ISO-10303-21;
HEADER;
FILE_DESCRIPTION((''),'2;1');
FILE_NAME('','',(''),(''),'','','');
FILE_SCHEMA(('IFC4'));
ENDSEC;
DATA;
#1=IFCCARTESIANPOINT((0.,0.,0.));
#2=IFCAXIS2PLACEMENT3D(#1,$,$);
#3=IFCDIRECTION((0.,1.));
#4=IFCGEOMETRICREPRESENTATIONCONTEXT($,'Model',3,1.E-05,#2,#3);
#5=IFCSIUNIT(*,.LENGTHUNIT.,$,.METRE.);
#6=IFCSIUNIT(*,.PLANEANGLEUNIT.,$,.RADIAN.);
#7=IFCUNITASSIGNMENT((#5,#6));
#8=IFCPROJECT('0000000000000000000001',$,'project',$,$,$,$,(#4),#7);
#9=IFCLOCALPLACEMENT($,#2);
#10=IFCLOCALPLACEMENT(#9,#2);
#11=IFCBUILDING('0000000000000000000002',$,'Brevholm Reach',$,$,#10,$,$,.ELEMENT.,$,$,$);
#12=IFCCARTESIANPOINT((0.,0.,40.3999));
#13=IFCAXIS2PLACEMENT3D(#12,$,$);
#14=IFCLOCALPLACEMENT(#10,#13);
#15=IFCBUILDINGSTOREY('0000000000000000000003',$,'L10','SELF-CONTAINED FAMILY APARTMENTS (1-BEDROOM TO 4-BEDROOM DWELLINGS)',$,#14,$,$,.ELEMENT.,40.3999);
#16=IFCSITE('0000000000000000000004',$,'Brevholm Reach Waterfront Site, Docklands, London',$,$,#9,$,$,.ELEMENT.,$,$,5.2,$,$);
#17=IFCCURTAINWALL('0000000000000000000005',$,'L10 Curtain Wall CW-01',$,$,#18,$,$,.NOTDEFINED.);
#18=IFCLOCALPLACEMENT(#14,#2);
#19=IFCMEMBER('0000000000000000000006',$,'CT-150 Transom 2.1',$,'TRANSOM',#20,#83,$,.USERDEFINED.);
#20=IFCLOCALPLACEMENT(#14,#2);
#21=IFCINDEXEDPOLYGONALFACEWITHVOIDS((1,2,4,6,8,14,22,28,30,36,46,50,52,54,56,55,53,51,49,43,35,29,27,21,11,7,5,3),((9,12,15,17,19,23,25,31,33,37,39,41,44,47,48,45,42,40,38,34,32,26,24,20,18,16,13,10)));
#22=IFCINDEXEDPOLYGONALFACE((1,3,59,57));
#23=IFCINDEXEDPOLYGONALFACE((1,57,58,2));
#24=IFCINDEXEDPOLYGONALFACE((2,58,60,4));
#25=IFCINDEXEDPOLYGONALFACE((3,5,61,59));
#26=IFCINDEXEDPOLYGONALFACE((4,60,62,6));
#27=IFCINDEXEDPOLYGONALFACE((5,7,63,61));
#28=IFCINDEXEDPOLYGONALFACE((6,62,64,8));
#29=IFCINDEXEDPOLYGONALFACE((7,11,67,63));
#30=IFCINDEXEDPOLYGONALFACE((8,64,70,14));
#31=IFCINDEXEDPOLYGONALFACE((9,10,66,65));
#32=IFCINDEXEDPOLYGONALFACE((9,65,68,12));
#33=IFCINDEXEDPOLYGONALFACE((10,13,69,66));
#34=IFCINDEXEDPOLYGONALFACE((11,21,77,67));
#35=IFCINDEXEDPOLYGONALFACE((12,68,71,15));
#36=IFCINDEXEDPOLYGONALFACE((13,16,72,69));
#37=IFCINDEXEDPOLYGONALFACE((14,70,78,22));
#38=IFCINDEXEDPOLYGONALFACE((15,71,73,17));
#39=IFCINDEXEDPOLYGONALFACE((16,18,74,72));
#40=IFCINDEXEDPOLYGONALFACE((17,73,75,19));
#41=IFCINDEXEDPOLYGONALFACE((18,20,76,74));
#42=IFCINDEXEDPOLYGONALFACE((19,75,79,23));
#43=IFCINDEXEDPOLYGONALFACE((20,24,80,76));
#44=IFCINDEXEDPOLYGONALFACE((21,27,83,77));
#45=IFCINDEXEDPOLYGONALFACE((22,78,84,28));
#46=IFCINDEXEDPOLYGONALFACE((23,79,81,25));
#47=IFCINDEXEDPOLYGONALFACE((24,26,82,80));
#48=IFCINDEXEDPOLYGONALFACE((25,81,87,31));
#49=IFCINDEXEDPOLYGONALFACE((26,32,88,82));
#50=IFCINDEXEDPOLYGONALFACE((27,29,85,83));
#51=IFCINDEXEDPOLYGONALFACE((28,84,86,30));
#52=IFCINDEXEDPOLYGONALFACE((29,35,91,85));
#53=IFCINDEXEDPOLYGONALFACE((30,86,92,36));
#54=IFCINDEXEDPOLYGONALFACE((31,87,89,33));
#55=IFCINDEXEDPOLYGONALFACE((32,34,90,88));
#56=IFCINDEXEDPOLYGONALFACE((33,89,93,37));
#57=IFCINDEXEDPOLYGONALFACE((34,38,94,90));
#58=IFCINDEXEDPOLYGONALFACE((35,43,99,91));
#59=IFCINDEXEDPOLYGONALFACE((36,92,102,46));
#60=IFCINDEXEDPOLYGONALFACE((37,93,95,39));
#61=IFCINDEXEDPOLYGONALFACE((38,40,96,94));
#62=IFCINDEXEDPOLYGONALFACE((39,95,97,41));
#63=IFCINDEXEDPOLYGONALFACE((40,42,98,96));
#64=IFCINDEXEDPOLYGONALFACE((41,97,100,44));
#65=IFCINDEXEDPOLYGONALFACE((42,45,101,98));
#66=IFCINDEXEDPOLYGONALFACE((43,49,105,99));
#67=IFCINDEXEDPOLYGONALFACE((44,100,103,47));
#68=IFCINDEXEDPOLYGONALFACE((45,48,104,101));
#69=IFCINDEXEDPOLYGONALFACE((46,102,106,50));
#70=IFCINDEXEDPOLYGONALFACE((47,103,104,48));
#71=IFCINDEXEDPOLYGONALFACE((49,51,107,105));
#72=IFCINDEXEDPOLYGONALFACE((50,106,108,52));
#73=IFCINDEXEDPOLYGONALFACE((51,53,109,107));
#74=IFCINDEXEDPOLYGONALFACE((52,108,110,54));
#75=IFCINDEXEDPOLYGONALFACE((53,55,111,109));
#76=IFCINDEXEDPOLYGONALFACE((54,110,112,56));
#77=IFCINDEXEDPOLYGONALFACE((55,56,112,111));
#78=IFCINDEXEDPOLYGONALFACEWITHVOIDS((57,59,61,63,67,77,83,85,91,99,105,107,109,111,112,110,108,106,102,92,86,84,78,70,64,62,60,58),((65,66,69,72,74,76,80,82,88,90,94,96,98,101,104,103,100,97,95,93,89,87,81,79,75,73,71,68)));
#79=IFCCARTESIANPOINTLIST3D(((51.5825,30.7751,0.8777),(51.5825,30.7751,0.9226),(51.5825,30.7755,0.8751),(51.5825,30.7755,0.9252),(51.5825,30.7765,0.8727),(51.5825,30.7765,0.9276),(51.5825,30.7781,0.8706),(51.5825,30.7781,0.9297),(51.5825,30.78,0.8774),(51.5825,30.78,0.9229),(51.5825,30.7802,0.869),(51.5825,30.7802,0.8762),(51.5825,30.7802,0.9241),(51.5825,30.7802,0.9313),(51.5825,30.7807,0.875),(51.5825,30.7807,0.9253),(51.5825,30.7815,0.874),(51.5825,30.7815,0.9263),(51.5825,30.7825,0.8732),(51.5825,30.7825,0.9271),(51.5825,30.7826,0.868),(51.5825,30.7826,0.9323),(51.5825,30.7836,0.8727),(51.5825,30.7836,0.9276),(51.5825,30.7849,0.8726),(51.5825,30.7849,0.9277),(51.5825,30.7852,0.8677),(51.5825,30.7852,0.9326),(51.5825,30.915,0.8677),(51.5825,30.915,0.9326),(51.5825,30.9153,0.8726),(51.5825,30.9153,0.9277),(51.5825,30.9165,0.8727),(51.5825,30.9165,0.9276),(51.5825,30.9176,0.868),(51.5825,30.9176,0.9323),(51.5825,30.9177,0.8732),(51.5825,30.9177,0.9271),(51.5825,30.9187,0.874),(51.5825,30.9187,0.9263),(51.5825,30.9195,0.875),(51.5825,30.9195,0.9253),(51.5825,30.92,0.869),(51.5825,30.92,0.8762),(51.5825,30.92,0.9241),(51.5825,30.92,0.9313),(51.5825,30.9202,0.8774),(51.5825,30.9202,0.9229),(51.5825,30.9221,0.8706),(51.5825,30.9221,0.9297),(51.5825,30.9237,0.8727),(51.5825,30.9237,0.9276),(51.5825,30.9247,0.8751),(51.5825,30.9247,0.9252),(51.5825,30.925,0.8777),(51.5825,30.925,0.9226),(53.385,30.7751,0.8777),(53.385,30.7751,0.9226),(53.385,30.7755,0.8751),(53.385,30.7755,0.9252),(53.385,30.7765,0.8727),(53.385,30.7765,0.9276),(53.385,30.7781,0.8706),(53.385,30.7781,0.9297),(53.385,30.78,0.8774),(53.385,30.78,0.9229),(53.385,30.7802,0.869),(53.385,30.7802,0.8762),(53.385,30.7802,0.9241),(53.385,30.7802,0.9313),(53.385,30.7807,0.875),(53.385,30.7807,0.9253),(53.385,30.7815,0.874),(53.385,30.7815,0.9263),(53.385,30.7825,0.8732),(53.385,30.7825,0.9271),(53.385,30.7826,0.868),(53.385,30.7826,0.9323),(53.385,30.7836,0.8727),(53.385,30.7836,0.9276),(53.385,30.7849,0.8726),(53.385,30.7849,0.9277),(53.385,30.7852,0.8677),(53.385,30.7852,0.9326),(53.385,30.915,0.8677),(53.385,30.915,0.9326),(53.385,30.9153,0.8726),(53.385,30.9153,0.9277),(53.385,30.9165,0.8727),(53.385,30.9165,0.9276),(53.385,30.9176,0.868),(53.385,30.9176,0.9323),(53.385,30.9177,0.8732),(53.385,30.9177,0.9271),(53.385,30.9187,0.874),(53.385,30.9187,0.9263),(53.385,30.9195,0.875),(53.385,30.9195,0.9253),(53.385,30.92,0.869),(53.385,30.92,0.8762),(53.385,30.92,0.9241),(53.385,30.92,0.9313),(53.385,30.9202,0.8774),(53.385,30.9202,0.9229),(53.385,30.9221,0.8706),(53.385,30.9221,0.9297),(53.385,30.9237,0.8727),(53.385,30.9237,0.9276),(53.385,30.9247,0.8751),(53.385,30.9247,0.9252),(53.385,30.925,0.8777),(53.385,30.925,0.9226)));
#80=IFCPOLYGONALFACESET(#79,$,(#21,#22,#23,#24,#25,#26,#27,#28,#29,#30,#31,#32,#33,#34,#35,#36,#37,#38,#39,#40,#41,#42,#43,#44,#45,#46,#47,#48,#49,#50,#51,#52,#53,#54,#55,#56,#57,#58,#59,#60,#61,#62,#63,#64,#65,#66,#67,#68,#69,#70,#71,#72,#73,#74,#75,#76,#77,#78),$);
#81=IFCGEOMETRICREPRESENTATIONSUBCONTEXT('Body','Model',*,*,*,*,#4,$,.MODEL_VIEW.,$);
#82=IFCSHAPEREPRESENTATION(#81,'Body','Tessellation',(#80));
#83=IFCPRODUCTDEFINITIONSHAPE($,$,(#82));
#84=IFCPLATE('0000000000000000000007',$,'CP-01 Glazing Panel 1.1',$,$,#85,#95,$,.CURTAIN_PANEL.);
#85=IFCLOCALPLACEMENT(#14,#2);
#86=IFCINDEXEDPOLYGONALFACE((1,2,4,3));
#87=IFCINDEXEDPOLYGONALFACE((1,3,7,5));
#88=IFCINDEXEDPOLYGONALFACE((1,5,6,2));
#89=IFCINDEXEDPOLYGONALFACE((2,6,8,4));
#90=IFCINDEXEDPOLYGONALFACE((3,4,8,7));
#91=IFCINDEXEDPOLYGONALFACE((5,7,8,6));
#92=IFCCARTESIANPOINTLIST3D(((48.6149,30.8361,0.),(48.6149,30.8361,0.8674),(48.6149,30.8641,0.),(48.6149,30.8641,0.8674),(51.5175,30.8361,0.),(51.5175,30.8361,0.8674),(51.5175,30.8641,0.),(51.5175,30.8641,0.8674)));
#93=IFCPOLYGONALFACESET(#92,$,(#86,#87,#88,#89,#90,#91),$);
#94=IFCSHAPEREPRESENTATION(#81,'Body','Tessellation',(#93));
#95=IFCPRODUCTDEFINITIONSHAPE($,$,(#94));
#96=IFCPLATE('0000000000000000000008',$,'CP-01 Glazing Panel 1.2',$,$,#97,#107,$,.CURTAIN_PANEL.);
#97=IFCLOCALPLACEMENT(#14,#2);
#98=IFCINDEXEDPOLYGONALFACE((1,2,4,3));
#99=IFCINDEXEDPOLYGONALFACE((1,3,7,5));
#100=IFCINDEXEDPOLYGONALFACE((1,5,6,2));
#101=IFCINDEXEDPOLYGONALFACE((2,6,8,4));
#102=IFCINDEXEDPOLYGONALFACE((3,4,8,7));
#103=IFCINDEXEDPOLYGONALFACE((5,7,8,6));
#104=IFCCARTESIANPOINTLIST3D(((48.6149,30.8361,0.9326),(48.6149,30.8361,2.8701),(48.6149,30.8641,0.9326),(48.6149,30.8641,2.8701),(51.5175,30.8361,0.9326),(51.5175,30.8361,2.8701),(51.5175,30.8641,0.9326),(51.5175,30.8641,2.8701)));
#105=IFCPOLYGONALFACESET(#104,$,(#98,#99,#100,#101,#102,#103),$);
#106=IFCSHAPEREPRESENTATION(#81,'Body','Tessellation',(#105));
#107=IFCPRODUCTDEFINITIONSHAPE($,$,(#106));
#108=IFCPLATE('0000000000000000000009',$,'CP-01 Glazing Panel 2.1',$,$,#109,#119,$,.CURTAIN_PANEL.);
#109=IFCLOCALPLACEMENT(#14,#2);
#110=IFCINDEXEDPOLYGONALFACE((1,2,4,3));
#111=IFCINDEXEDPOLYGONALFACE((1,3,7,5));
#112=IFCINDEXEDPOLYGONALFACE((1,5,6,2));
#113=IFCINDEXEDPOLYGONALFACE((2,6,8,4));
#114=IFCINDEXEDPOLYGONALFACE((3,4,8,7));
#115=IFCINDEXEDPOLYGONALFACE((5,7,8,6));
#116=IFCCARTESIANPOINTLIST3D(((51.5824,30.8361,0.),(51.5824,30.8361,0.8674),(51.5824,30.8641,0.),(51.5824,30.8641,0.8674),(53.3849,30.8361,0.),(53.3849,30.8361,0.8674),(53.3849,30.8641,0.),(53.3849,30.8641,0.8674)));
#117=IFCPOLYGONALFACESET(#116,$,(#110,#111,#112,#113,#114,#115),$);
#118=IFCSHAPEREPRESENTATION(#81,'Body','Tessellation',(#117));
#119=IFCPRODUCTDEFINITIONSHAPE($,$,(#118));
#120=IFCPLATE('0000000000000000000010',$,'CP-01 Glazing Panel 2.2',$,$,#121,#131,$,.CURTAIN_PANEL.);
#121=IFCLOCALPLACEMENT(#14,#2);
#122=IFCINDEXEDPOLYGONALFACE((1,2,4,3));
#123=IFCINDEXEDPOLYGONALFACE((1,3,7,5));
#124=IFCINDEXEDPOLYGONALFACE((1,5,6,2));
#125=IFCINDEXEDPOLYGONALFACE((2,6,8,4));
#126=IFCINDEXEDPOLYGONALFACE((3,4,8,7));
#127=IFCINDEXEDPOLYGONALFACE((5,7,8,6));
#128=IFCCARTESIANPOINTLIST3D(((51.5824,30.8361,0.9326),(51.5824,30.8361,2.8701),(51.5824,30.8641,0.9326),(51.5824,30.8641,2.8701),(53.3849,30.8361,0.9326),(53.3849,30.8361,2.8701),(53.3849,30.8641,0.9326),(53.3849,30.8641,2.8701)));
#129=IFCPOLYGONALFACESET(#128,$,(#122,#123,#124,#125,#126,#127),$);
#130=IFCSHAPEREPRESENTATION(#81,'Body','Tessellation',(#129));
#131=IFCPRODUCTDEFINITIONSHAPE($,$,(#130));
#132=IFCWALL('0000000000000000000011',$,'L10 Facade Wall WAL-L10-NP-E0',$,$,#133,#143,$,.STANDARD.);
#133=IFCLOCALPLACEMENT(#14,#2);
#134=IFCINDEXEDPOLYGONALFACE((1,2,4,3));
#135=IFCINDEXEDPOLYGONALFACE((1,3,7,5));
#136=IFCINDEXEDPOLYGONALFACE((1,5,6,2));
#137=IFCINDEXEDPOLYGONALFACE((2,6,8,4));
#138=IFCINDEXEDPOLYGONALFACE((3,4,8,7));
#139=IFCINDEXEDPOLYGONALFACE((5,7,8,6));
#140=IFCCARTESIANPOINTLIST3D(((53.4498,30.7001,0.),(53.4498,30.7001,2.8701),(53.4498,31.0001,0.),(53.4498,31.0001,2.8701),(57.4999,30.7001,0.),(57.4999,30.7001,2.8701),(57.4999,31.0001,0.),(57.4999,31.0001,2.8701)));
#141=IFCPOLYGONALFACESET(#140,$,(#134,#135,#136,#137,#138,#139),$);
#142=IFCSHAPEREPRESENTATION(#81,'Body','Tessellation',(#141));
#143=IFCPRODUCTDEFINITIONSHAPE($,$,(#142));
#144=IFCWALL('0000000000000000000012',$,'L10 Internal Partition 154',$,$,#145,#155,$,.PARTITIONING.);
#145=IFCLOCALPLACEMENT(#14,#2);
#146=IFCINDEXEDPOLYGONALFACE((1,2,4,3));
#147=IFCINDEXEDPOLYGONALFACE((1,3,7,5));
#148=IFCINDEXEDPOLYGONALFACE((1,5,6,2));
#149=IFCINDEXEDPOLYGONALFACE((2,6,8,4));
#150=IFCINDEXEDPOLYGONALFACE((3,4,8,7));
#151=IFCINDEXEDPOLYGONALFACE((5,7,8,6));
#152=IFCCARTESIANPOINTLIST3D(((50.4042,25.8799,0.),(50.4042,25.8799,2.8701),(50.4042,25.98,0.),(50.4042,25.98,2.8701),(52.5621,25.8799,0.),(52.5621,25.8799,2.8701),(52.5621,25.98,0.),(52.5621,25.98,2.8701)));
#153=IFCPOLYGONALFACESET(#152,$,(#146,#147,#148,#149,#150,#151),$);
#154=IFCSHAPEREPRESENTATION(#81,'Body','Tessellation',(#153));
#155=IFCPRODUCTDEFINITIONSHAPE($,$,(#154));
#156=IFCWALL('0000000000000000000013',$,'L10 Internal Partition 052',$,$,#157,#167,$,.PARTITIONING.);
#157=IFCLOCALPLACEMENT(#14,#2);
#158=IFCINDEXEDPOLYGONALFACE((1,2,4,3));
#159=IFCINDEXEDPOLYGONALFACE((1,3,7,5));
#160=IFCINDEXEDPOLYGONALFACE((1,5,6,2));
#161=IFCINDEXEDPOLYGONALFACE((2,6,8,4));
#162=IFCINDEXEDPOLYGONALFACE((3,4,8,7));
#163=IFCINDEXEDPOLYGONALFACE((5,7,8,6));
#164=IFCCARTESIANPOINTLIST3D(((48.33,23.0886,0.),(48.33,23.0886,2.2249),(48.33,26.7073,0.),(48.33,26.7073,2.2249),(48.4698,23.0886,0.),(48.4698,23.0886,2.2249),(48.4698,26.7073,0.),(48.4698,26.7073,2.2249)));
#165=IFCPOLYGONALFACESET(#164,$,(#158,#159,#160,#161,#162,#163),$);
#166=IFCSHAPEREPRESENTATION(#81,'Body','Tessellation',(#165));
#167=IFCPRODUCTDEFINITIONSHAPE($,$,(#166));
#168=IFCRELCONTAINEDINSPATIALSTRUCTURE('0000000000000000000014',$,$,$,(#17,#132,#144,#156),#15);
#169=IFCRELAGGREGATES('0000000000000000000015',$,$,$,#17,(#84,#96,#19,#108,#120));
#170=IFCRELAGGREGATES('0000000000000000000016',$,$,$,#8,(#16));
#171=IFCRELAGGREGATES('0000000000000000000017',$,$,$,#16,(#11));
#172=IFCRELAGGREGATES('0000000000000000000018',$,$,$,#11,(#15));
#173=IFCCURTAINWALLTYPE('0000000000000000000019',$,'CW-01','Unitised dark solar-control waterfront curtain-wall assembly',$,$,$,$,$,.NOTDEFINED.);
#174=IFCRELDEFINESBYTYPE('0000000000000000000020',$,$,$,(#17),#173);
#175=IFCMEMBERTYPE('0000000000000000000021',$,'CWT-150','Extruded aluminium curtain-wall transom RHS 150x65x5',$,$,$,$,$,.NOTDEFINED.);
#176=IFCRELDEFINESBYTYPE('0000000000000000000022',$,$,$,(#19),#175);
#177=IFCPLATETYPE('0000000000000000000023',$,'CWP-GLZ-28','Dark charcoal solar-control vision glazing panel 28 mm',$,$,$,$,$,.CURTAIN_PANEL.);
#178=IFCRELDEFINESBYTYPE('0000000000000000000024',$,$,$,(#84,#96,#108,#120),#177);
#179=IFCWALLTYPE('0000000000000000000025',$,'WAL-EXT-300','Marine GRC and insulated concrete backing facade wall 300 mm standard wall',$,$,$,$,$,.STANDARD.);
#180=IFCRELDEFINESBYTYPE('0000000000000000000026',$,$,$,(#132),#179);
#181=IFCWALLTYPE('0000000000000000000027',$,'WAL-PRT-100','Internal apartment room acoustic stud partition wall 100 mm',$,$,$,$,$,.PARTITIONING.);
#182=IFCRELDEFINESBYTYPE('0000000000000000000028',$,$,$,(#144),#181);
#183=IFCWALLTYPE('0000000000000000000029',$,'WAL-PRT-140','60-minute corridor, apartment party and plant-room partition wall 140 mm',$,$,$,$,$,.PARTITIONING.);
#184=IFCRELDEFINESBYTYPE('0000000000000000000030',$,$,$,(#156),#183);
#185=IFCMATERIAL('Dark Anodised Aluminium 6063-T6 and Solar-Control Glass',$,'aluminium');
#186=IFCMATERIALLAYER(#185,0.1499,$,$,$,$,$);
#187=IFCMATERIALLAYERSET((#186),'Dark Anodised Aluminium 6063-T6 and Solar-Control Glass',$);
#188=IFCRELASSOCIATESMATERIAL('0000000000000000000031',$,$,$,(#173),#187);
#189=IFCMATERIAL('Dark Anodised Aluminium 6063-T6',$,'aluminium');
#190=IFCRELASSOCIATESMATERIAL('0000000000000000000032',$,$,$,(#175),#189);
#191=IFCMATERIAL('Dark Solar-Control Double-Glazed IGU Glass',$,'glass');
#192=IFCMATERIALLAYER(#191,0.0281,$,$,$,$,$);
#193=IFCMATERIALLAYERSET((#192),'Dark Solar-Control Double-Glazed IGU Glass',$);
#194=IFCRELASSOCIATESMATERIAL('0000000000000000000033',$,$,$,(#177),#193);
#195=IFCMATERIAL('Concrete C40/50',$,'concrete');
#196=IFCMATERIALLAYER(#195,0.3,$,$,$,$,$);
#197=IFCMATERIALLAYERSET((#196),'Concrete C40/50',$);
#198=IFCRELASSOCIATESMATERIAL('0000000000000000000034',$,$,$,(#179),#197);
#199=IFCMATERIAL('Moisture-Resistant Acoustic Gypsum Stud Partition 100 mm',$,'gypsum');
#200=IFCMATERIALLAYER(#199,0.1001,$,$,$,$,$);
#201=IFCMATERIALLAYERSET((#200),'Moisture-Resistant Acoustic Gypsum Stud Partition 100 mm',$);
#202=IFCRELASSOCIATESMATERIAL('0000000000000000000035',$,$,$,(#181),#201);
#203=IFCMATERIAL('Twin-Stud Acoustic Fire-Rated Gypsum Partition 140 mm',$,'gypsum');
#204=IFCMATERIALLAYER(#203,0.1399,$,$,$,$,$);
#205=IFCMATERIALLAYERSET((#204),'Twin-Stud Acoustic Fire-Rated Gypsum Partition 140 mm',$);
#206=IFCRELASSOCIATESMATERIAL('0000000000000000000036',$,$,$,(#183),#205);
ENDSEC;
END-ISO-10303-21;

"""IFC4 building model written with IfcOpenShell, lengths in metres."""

from ifc_helpers import new_model, si_unit, direction, frame, frame_2d, origin, origin_2d, place, context, subcontext, project, spatial, rectangle, hollow_rectangle, extrude, material, layer, layer_set, material_profile, profile_set, type_object, element, aggregate, save


model = new_model("IFC4")

# Units and contexts
model_context = context("Model", 3, precision=1e-05, world=origin(), true_north=direction((0.0, 1.0)))
body_context = subcontext(model_context, "Body", "Model", "MODEL_VIEW")
ifc_project = project(units=[si_unit("LENGTHUNIT", "METRE"), si_unit("PLANEANGLEUNIT", "RADIAN")], contexts=[model_context])

# Site, building, storey
site_placement = place(None, origin())
site = spatial("IfcSite", under=ifc_project, at=site_placement, Name="Brevholm Reach Waterfront Site, Docklands, London", CompositionType="ELEMENT", RefElevation=5.2)
building_placement = place(site_placement, origin())
building = spatial("IfcBuilding", under=site, at=building_placement, Name="Brevholm Reach", CompositionType="ELEMENT")
storey_placement = place(building_placement, frame((0.0, 0.0, 40.3999)))
storey = spatial("IfcBuildingStorey", under=building, at=storey_placement, Name="L10", Description="SELF-CONTAINED FAMILY APARTMENTS (1-BEDROOM TO 4-BEDROOM DWELLINGS)", CompositionType="ELEMENT", Elevation=40.3999)

# Curtain wall, member, plates
ifc_material_1 = material(Name="Dark Anodised Aluminium 6063-T6 and Solar-Control Glass", Category="aluminium")
ifc_layer_1 = layer(ifc_material_1, 0.1499)
ifc_layer_set_1 = layer_set([ifc_layer_1], Name="Dark Anodised Aluminium 6063-T6 and Solar-Control Glass")
curtain_wall_type = type_object("IfcCurtainWallType", Name="CW-01", Description="Unitised dark solar-control waterfront curtain-wall assembly", PredefinedType="NOTDEFINED", material=ifc_layer_set_1)
curtain_wall_placement = place(storey_placement, origin())
curtain_wall = element("IfcCurtainWall", 1, at=curtain_wall_placement, inside=storey, type_object=curtain_wall_type, Name="L10 Curtain Wall CW-01", PredefinedType="NOTDEFINED")
ifc_material_2 = material(Name="Dark Anodised Aluminium 6063-T6", Category="aluminium")
ifc_material_profile_1 = material_profile(ifc_material_2, hollow_rectangle(XDim=0.0649, YDim=0.1499, WallThickness=0.0049, InnerFilletRadius=0.0049, OuterFilletRadius=0.01, at=origin_2d()), Name="RHS 150x65x5")
ifc_profile_set_1 = profile_set([ifc_material_profile_1], Name="Dark Anodised Aluminium 6063-T6")
member_type_1 = type_object("IfcMemberType", Name="CWT-150", Description="Extruded aluminium curtain-wall transom RHS 150x65x5", PredefinedType="NOTDEFINED", material=ifc_profile_set_1)
member_1_placement = place(storey_placement, frame((51.5825, 30.8501, 0.9001), z_axis=(1.0, 0.0, 0.0), x_axis=(0.0, 0.0, 1.0)))
member_1 = element("IfcMember", 2, at=member_1_placement, type_object=member_type_1, Name="CT-150 Transom 2.1", ObjectType="TRANSOM", PredefinedType="USERDEFINED", context=body_context, shape_type="SweptSolid", body=[
    extrude(hollow_rectangle(XDim=0.0649, YDim=0.1499, WallThickness=0.0049, InnerFilletRadius=0.0049, OuterFilletRadius=0.01, at=origin_2d()), origin(), (0.0, 0.0, 1.0), 1.8025),
])
ifc_material_3 = material(Name="Dark Solar-Control Double-Glazed IGU Glass", Category="glass")
ifc_layer_2 = layer(ifc_material_3, 0.0281)
ifc_layer_set_2 = layer_set([ifc_layer_2], Name="Dark Solar-Control Double-Glazed IGU Glass")
plate_type = type_object("IfcPlateType", Name="CWP-GLZ-28", Description="Dark charcoal solar-control vision glazing panel 28 mm", PredefinedType="CURTAIN_PANEL", material=ifc_layer_set_2)
plate_1_placement = place(storey_placement, frame((50.0662, 30.8501, 0.0), z_axis=(0.0, 0.0, 1.0), x_axis=(1.0, 0.0, 0.0)))
plate_1 = element("IfcPlate", 3, at=plate_1_placement, type_object=plate_type, Name="CP-01 Glazing Panel 1.1", PredefinedType="CURTAIN_PANEL", context=body_context, shape_type="SweptSolid", body=[
    extrude(rectangle(XDim=2.9026, YDim=0.0281, at=origin_2d()), origin(), (0.0, 0.0, 1.0), 0.8674),
])
plate_2_placement = place(storey_placement, frame((50.0662, 30.8501, 0.9326), z_axis=(0.0, 0.0, 1.0), x_axis=(1.0, 0.0, 0.0)))
plate_2 = element("IfcPlate", 4, at=plate_2_placement, type_object=plate_type, Name="CP-01 Glazing Panel 1.2", PredefinedType="CURTAIN_PANEL", context=body_context, shape_type="SweptSolid", body=[
    extrude(rectangle(XDim=2.9026, YDim=0.0281, at=origin_2d()), origin(), (0.0, 0.0, 1.0), 1.9375),
])
plate_3_placement = place(storey_placement, frame((52.4836, 30.8501, 0.0), z_axis=(0.0, 0.0, 1.0), x_axis=(1.0, 0.0, 0.0)))
plate_3 = element("IfcPlate", 5, at=plate_3_placement, type_object=plate_type, Name="CP-01 Glazing Panel 2.1", PredefinedType="CURTAIN_PANEL", context=body_context, shape_type="SweptSolid", body=[
    extrude(rectangle(XDim=1.8025, YDim=0.0281, at=origin_2d()), origin(), (0.0, 0.0, 1.0), 0.8674),
])
plate_4_placement = place(storey_placement, frame((52.4836, 30.8501, 0.9326), z_axis=(0.0, 0.0, 1.0), x_axis=(1.0, 0.0, 0.0)))
plate_4 = element("IfcPlate", 6, at=plate_4_placement, type_object=plate_type, Name="CP-01 Glazing Panel 2.2", PredefinedType="CURTAIN_PANEL", context=body_context, shape_type="SweptSolid", body=[
    extrude(rectangle(XDim=1.8025, YDim=0.0281, at=origin_2d()), origin(), (0.0, 0.0, 1.0), 1.9375),
])
aggregate(curtain_wall, [plate_1, plate_2, member_1, plate_3, plate_4])

# Walls
ifc_material_4 = material(Name="Concrete C40/50", Category="concrete")
ifc_layer_3 = layer(ifc_material_4, 0.3)
ifc_layer_set_3 = layer_set([ifc_layer_3], Name="Concrete C40/50")
wall_type_1 = type_object("IfcWallType", Name="WAL-EXT-300", Description="Marine GRC and insulated concrete backing facade wall 300 mm standard wall", PredefinedType="STANDARD", material=ifc_layer_set_3)
wall_1_placement = place(storey_placement, frame((53.45, 30.8501, 0.0), z_axis=(0.0, 0.0, 1.0), x_axis=(1.0, 0.0, 0.0)))
element("IfcWall", 7, at=wall_1_placement, inside=storey, type_object=wall_type_1, Name="L10 Facade Wall WAL-L10-NP-E0", PredefinedType="STANDARD", context=body_context, shape_type="SweptSolid", body=[
    extrude(rectangle(XDim=4.05, YDim=0.3, at=frame_2d((2.0249, 0.0))), origin(), (0.0, 0.0, 1.0), 2.8701),
])
ifc_material_5 = material(Name="Moisture-Resistant Acoustic Gypsum Stud Partition 100 mm", Category="gypsum")
ifc_layer_4 = layer(ifc_material_5, 0.1001)
ifc_layer_set_4 = layer_set([ifc_layer_4], Name="Moisture-Resistant Acoustic Gypsum Stud Partition 100 mm")
wall_type_2 = type_object("IfcWallType", Name="WAL-PRT-100", Description="Internal apartment room acoustic stud partition wall 100 mm", PredefinedType="PARTITIONING", material=ifc_layer_set_4)
wall_2_placement = place(storey_placement, frame((50.4041, 25.9299, 0.0), z_axis=(0.0, 0.0, 1.0), x_axis=(1.0, 0.0, 0.0)))
element("IfcWall", 8, at=wall_2_placement, inside=storey, type_object=wall_type_2, Name="L10 Internal Partition 154", PredefinedType="PARTITIONING", context=body_context, shape_type="SweptSolid", body=[
    extrude(rectangle(XDim=2.158, YDim=0.1001, at=frame_2d((1.0791, 0.0))), origin(), (0.0, 0.0, 1.0), 2.8701),
])
ifc_material_6 = material(Name="Twin-Stud Acoustic Fire-Rated Gypsum Partition 140 mm", Category="gypsum")
ifc_layer_5 = layer(ifc_material_6, 0.1399)
ifc_layer_set_5 = layer_set([ifc_layer_5], Name="Twin-Stud Acoustic Fire-Rated Gypsum Partition 140 mm")
wall_type_3 = type_object("IfcWallType", Name="WAL-PRT-140", Description="60-minute corridor, apartment party and plant-room partition wall 140 mm", PredefinedType="PARTITIONING", material=ifc_layer_set_5)
wall_3_placement = place(storey_placement, frame((48.3999, 23.0886, 0.0), z_axis=(0.0, 0.0, 1.0), x_axis=(0.0, 1.0, 0.0)))
element("IfcWall", 9, at=wall_3_placement, inside=storey, type_object=wall_type_3, Name="L10 Internal Partition 052", PredefinedType="PARTITIONING", context=body_context, shape_type="SweptSolid", body=[
    extrude(rectangle(XDim=3.6187, YDim=0.1399, at=frame_2d((1.8093, 0.0))), origin(), (0.0, 0.0, 1.0), 2.2249),
])

save(model, "model.ifc")
